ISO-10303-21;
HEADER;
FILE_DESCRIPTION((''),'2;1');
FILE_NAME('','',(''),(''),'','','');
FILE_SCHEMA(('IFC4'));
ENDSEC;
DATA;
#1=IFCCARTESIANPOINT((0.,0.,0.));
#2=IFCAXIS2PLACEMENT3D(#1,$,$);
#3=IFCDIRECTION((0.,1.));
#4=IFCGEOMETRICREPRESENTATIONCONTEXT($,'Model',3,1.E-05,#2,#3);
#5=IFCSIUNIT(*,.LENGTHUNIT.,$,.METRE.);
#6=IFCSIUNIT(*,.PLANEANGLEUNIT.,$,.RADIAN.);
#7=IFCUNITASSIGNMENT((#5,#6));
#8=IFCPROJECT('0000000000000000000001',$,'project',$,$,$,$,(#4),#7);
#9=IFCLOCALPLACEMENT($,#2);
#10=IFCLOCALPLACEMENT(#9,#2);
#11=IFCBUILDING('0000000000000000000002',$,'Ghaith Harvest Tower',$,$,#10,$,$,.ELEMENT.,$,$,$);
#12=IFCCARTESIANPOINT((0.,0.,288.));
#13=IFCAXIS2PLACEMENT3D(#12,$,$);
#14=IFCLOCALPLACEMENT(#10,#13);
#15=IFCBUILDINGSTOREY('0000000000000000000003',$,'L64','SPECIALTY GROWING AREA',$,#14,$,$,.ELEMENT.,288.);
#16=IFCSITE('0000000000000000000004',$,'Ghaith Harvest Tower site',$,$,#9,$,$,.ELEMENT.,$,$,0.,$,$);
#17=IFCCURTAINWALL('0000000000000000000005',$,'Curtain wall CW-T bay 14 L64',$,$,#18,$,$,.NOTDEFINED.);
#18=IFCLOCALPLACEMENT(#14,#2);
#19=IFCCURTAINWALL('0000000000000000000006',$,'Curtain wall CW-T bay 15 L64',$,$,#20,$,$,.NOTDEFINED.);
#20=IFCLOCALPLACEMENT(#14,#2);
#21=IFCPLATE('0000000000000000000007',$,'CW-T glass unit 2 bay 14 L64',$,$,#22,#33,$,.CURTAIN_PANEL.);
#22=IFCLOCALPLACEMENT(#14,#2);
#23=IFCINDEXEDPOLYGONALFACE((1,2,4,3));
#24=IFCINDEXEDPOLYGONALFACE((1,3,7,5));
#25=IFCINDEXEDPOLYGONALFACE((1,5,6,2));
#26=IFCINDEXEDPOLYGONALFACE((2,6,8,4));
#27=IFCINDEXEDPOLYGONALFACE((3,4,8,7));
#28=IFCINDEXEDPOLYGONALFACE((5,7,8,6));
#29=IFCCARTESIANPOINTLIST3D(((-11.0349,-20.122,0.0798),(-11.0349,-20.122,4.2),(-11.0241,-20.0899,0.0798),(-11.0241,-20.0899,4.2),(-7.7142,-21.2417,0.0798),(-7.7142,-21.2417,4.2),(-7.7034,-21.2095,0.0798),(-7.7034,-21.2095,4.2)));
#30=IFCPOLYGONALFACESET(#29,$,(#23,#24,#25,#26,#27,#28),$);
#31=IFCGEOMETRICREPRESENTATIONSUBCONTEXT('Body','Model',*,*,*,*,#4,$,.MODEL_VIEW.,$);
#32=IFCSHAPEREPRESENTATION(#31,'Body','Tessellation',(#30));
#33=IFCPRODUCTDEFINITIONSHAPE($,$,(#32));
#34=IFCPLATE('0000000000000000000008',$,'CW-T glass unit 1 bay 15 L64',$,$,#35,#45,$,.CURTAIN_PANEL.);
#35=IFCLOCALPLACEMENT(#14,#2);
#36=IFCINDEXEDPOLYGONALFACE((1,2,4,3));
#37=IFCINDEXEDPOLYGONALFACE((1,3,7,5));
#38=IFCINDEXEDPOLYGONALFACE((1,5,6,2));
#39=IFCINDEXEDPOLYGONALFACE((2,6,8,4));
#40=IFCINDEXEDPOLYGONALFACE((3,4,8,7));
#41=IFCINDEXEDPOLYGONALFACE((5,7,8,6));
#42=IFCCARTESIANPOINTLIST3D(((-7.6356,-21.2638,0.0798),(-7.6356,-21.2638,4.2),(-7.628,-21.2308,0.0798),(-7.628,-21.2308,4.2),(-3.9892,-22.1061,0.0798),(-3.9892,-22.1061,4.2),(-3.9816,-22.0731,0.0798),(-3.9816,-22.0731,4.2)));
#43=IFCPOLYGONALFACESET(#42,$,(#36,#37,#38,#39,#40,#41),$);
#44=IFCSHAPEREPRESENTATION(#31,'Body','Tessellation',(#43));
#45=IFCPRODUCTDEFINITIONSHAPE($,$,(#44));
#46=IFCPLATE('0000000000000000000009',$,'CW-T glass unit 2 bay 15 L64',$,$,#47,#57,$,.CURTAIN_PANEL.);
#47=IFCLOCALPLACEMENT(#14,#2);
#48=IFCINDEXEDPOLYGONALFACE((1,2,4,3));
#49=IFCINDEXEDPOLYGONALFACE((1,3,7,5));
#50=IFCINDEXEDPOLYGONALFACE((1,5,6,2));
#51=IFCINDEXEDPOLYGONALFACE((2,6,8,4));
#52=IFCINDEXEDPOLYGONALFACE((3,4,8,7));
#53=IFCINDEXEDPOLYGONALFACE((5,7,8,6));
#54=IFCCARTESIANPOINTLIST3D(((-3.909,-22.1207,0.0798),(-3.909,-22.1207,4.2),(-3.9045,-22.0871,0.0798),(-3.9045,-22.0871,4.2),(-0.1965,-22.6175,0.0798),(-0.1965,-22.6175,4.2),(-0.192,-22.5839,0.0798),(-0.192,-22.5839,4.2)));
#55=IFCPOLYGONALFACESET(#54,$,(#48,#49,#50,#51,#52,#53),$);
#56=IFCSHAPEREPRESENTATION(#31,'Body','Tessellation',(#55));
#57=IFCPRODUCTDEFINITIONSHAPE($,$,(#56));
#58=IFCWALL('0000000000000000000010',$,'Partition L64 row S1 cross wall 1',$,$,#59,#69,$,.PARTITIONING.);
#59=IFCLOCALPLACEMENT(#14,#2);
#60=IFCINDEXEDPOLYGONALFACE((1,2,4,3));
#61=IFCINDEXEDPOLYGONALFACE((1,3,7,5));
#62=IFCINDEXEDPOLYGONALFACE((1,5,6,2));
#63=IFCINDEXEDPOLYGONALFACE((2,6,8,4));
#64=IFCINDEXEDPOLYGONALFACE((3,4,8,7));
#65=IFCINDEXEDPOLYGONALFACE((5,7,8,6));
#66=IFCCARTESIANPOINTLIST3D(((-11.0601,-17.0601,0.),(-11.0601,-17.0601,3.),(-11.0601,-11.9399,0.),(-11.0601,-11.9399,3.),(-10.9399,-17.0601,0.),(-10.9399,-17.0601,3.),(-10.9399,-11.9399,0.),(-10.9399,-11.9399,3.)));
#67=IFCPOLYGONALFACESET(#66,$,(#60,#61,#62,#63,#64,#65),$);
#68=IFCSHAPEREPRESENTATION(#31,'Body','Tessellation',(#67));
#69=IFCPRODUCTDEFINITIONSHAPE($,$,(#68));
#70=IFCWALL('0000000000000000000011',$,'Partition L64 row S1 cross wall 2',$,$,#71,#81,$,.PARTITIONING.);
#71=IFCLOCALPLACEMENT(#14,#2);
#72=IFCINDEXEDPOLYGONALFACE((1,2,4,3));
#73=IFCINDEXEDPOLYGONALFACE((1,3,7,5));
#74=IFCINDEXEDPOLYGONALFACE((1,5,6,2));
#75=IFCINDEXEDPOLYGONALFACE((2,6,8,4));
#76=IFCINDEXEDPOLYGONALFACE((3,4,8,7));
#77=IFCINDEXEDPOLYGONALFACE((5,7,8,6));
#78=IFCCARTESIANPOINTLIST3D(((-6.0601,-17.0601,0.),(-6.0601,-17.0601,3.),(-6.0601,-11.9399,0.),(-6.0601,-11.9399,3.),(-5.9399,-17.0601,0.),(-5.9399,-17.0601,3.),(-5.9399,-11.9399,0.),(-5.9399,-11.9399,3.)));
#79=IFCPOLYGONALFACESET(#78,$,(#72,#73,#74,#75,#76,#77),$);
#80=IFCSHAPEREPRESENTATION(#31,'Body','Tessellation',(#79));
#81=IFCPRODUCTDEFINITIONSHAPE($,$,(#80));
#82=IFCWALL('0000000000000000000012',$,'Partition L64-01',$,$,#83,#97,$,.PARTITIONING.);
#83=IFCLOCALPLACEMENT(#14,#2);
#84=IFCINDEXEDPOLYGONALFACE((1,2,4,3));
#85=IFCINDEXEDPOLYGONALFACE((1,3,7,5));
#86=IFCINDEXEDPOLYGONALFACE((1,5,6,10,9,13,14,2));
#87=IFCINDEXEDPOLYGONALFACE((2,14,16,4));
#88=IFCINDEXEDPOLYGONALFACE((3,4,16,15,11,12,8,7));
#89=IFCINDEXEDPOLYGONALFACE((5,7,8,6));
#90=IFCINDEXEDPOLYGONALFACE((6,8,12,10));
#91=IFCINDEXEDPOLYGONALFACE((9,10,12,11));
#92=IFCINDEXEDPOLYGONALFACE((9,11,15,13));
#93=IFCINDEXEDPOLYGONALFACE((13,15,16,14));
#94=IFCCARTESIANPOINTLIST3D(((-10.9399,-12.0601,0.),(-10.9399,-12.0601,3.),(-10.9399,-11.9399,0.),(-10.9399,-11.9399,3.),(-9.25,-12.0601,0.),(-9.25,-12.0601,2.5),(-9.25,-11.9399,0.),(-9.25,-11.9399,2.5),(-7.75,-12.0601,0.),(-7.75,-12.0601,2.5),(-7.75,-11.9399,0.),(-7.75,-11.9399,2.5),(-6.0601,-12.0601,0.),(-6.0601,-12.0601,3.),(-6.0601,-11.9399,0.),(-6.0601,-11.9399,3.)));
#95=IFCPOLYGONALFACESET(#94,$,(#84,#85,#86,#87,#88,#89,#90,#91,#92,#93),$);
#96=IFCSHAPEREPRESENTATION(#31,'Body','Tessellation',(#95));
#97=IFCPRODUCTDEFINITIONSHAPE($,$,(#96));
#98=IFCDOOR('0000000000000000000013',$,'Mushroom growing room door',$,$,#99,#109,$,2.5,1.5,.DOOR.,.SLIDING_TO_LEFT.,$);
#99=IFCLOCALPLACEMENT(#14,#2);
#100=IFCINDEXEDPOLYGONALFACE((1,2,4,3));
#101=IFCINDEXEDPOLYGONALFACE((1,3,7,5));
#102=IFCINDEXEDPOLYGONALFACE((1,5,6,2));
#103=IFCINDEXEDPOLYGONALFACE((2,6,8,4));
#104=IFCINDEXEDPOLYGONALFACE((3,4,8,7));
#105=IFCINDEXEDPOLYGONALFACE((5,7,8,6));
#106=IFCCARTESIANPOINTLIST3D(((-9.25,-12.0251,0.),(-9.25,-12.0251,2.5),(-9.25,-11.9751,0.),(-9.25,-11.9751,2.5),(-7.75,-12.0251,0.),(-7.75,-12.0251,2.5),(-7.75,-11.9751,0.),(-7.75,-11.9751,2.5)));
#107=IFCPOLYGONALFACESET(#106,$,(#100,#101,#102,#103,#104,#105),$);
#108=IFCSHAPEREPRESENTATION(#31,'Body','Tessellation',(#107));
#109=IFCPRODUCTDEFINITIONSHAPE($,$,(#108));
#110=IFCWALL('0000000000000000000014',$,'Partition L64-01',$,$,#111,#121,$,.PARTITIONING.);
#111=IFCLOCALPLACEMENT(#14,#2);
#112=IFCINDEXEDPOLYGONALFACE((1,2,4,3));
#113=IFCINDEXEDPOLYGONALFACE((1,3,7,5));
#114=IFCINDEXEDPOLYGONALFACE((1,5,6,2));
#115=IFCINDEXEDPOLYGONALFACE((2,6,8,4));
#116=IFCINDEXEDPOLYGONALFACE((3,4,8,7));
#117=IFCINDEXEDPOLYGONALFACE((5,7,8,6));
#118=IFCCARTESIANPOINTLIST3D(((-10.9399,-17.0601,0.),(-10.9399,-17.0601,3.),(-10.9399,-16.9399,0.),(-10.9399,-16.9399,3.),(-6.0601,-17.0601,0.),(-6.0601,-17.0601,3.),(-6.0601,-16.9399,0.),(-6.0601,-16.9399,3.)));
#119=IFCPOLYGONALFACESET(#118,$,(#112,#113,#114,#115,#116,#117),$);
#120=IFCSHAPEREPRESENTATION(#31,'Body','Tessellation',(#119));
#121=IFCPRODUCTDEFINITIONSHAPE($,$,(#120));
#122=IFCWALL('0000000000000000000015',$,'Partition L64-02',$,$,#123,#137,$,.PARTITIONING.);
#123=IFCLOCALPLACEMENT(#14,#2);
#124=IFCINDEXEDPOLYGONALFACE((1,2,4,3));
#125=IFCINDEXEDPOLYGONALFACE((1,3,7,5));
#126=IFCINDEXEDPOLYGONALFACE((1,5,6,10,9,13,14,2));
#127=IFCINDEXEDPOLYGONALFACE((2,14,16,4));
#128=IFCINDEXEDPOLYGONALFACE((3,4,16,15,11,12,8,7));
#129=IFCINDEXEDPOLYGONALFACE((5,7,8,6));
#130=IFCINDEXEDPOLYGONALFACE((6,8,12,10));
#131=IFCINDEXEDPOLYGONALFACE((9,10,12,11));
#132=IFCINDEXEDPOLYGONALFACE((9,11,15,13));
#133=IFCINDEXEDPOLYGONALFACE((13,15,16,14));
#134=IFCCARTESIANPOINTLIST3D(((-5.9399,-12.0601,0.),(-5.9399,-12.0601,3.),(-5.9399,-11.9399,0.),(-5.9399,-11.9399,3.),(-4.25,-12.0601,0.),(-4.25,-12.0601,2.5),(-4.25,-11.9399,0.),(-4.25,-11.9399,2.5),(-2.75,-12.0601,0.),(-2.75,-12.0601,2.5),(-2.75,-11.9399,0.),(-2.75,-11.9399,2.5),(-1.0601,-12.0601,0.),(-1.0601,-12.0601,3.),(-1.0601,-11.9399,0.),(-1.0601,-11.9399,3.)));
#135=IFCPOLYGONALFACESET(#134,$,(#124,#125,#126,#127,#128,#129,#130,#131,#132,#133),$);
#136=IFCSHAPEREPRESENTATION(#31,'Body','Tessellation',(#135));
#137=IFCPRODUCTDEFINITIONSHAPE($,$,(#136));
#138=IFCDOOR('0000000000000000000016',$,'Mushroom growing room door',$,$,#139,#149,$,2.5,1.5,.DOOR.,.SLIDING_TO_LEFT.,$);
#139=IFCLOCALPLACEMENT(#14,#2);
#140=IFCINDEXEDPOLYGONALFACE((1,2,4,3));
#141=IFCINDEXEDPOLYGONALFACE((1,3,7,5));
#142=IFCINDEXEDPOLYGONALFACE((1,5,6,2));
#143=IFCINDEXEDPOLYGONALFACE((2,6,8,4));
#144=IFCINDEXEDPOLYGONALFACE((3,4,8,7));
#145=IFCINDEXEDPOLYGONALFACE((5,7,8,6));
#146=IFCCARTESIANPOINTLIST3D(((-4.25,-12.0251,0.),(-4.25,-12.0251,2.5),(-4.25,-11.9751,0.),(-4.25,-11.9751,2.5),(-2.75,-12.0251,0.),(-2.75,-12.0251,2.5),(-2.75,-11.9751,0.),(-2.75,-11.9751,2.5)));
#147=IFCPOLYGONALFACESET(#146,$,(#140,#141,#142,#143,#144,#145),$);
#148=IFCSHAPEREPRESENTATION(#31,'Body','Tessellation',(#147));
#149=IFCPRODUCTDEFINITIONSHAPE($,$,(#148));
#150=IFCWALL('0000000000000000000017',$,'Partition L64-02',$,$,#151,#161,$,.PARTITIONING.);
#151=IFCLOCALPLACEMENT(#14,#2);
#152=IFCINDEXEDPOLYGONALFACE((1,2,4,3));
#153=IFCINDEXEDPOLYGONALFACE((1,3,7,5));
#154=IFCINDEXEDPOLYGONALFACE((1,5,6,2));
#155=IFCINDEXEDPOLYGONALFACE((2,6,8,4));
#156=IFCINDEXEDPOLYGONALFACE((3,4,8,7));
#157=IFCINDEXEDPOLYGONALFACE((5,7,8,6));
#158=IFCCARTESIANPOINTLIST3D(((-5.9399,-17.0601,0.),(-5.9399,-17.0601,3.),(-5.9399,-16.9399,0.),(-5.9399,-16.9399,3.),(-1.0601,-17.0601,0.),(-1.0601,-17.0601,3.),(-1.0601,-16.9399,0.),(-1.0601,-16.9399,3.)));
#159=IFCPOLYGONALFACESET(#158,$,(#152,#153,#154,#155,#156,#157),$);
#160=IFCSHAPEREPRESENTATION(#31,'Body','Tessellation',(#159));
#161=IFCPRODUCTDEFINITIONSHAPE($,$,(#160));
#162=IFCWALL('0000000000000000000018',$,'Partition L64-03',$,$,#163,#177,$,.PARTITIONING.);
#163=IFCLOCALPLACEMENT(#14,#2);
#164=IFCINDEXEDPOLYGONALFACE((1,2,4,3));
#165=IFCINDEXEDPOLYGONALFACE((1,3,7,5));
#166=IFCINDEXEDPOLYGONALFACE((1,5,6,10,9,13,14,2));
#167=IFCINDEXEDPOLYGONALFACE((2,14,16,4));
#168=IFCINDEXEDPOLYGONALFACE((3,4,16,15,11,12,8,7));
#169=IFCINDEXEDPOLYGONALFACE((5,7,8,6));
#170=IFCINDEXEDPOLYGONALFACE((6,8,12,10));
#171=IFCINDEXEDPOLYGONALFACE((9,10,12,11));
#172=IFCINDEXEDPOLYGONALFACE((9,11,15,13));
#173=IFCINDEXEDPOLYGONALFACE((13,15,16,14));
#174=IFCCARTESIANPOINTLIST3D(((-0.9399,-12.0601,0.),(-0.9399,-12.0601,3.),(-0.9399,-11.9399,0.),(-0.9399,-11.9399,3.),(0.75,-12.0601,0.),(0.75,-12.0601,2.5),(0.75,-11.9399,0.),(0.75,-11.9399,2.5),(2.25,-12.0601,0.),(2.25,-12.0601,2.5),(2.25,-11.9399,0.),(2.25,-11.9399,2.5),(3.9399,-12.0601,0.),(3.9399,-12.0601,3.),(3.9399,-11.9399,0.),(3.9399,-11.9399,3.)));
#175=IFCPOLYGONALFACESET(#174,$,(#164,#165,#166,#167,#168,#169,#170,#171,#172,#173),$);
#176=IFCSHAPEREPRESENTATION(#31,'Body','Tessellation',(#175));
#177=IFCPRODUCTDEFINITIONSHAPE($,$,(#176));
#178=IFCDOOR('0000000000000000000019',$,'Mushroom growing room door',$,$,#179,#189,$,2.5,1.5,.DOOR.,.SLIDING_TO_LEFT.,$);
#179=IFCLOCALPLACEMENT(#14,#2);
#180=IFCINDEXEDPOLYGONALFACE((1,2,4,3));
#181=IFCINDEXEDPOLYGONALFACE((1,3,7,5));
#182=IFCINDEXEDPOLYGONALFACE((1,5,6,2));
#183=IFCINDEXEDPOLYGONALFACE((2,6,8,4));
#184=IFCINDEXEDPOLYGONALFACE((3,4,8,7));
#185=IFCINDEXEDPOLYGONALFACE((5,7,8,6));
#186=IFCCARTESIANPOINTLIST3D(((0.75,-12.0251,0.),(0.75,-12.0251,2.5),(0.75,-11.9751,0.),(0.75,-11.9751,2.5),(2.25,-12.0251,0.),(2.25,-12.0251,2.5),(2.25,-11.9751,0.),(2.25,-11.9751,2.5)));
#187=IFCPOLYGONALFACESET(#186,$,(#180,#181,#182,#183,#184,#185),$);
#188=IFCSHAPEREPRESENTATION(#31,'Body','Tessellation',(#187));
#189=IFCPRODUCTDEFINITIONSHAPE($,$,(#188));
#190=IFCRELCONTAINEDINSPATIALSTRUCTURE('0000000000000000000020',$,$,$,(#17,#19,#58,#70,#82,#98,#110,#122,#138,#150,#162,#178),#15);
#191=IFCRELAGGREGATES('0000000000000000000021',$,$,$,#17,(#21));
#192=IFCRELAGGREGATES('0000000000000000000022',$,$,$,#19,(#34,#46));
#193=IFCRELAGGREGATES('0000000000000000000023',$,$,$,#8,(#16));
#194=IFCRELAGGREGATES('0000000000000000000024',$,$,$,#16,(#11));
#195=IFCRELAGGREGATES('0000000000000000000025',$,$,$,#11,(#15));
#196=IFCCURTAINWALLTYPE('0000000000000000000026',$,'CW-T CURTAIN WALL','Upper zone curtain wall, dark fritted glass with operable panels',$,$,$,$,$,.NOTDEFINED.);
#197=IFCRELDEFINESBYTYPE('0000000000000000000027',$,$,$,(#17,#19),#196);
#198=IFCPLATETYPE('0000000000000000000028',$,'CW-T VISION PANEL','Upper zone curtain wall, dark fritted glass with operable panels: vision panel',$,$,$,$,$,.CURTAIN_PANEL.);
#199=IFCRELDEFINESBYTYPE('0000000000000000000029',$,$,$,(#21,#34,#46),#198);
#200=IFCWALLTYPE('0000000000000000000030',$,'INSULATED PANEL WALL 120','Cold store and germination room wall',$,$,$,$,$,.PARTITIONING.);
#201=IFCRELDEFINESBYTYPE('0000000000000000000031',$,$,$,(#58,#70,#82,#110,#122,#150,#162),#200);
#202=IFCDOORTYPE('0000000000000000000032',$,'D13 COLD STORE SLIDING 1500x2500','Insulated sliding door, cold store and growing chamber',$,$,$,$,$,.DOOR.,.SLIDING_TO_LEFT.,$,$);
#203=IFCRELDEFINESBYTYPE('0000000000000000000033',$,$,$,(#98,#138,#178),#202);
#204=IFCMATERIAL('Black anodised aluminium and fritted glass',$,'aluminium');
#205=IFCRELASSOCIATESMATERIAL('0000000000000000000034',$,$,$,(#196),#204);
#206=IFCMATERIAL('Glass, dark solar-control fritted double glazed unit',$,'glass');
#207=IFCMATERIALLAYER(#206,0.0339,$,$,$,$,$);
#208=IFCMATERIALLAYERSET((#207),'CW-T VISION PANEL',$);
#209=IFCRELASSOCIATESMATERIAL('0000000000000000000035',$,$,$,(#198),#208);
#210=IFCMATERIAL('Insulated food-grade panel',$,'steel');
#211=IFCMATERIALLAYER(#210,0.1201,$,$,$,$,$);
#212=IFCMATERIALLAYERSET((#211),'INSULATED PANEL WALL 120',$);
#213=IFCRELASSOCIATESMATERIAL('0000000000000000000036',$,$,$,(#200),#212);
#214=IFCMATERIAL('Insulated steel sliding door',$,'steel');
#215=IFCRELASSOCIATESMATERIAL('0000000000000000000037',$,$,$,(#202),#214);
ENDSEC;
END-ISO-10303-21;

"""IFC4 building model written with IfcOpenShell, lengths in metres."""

from ifc_helpers import new_model, si_unit, direction, frame, frame_2d, origin, origin_2d, place, context, subcontext, project, spatial, rectangle, extrude, material, layer, layer_set, type_object, element, fill, aggregate, save


model = new_model("IFC4")

# Units and contexts
model_context = context("Model", 3, precision=1e-05, world=origin(), true_north=direction((0.0, 1.0)))
body_context = subcontext(model_context, "Body", "Model", "MODEL_VIEW")
ifc_project = project(units=[si_unit("LENGTHUNIT", "METRE"), si_unit("PLANEANGLEUNIT", "RADIAN")], contexts=[model_context])

# Site, building, storey
site_placement = place(None, origin())
site = spatial("IfcSite", under=ifc_project, at=site_placement, Name="Ghaith Harvest Tower site", CompositionType="ELEMENT", RefElevation=0.0)
building_placement = place(site_placement, origin())
building = spatial("IfcBuilding", under=site, at=building_placement, Name="Ghaith Harvest Tower", CompositionType="ELEMENT")
storey_placement = place(building_placement, frame((0.0, 0.0, 288.0)))
storey = spatial("IfcBuildingStorey", under=building, at=storey_placement, Name="L64", Description="SPECIALTY GROWING AREA", CompositionType="ELEMENT", Elevation=288.0)

# Curtain wall
ifc_material_1 = material(Name="Black anodised aluminium and fritted glass", Category="aluminium")
curtain_wall_type = type_object("IfcCurtainWallType", Name="CW-T CURTAIN WALL", Description="Upper zone curtain wall, dark fritted glass with operable panels", PredefinedType="NOTDEFINED", material=ifc_material_1)
curtain_wall_1_placement = place(storey_placement, origin())
curtain_wall_1 = element("IfcCurtainWall", 1, at=curtain_wall_1_placement, inside=storey, type_object=curtain_wall_type, Name="Curtain wall CW-T bay 14 L64", PredefinedType="NOTDEFINED")

# Curtain wall
curtain_wall_2_placement = place(storey_placement, origin())
curtain_wall_2 = element("IfcCurtainWall", 2, at=curtain_wall_2_placement, inside=storey, type_object=curtain_wall_type, Name="Curtain wall CW-T bay 15 L64", PredefinedType="NOTDEFINED")

# Plates
ifc_material_2 = material(Name="Glass, dark solar-control fritted double glazed unit", Category="glass")
ifc_layer_1 = layer(ifc_material_2, 0.0339)
ifc_layer_set_1 = layer_set([ifc_layer_1], Name="CW-T VISION PANEL")
plate_type = type_object("IfcPlateType", Name="CW-T VISION PANEL", Description="Upper zone curtain wall, dark fritted glass with operable panels: vision panel", PredefinedType="CURTAIN_PANEL", material=ifc_layer_set_1)
plate_1_placement = place(storey_placement, frame((-9.3691, -20.6658, 0.0798), z_axis=(0.0, 0.0, 1.0), x_axis=(0.947586, -0.3195, 0.0)))
plate_1 = element("IfcPlate", 3, at=plate_1_placement, type_object=plate_type, Name="CW-T glass unit 2 bay 14 L64", PredefinedType="CURTAIN_PANEL", context=body_context, shape_type="SweptSolid", body=[
    extrude(rectangle(XDim=3.5044, YDim=0.0339, at=origin_2d()), origin(), (0.0, 0.0, 1.0), 4.1201),
])
aggregate(curtain_wall_1, [plate_1])
plate_2_placement = place(storey_placement, frame((-5.8086, -21.6685, 0.0798), z_axis=(0.0, 0.0, 1.0), x_axis=(0.974342, -0.225072, 0.0)))
plate_2 = element("IfcPlate", 4, at=plate_2_placement, type_object=plate_type, Name="CW-T glass unit 1 bay 15 L64", PredefinedType="CURTAIN_PANEL", context=body_context, shape_type="SweptSolid", body=[
    extrude(rectangle(XDim=3.7424, YDim=0.0339, at=origin_2d()), origin(), (0.0, 0.0, 1.0), 4.1201),
])
plate_3_placement = place(storey_placement, frame((-2.0505, -22.3523, 0.0798), z_axis=(0.0, 0.0, 1.0), x_axis=(0.991165, -0.132633, 0.0)))
plate_3 = element("IfcPlate", 5, at=plate_3_placement, type_object=plate_type, Name="CW-T glass unit 2 bay 15 L64", PredefinedType="CURTAIN_PANEL", context=body_context, shape_type="SweptSolid", body=[
    extrude(rectangle(XDim=3.7456, YDim=0.0339, at=origin_2d()), origin(), (0.0, 0.0, 1.0), 4.1201),
])
aggregate(curtain_wall_2, [plate_2, plate_3])

# Walls
ifc_material_3 = material(Name="Insulated food-grade panel", Category="steel")
ifc_layer_2 = layer(ifc_material_3, 0.1201)
ifc_layer_set_2 = layer_set([ifc_layer_2], Name="INSULATED PANEL WALL 120")
wall_type = type_object("IfcWallType", Name="INSULATED PANEL WALL 120", Description="Cold store and germination room wall", PredefinedType="PARTITIONING", material=ifc_layer_set_2)
for number, where, z_axis, x_axis, name in (
    (6, (-11.0, -11.9399, 0.0), (0.0, 0.0, 1.0), (0.0, -1.0, 0.0), "Partition L64 row S1 cross wall 1"),
    (7, (-6.0, -11.9399, 0.0), (0.0, 0.0, 1.0), (0.0, -1.0, 0.0), "Partition L64 row S1 cross wall 2"),
):
    element("IfcWall", number, at=place(storey_placement, frame(where, z_axis=z_axis, x_axis=x_axis)), inside=storey, type_object=wall_type, Name=name, PredefinedType="PARTITIONING", context=body_context, shape_type="SweptSolid", body=[
        extrude(rectangle(XDim=5.1201, YDim=0.1201, at=frame_2d((2.5601, 0.0))), origin(), (0.0, 0.0, 1.0), 3.0),
    ])

# Wall, opening, door
wall_1_placement = place(storey_placement, frame((-10.9399, -12.0, 0.0), z_axis=(0.0, 0.0, 1.0), x_axis=(1.0, 0.0, 0.0)))
wall_1 = element("IfcWall", 8, at=wall_1_placement, inside=storey, type_object=wall_type, Name="Partition L64-01", PredefinedType="PARTITIONING", context=body_context, shape_type="SweptSolid", body=[
    extrude(rectangle(XDim=4.8799, YDim=0.1201, at=frame_2d((2.4399, 0.0))), origin(), (0.0, 0.0, 1.0), 3.0),
])
opening_1_placement = place(wall_1_placement, frame((1.6899, 0.0, 0.0)))
opening_1 = element("IfcOpeningElement", 9, at=opening_1_placement, cuts=wall_1, PredefinedType="OPENING", context=body_context, shape_type="SweptSolid", body=[
    extrude(rectangle(XDim=1.5, YDim=2.5, at=frame_2d((0.75, 1.25))), frame((0.0, 0.0701, 0.0), z_axis=(0.0, -1.0, 0.0), x_axis=(1.0, 0.0, 0.0)), (0.0, 0.0, 1.0), 0.1401),
])
ifc_material_4 = material(Name="Insulated steel sliding door", Category="steel")
door_type = type_object("IfcDoorType", Name="D13 COLD STORE SLIDING 1500x2500", Description="Insulated sliding door, cold store and growing chamber", OperationType="SLIDING_TO_LEFT", PredefinedType="DOOR", material=ifc_material_4)
door_1_placement = place(opening_1_placement, origin())
door_1 = element("IfcDoor", 10, at=door_1_placement, inside=storey, type_object=door_type, Name="Mushroom growing room door", OperationType="SLIDING_TO_LEFT", OverallHeight=2.5, OverallWidth=1.5, PredefinedType="DOOR", context=body_context, shape_type="SweptSolid", body=[
    extrude(rectangle(XDim=1.5, YDim=2.5, at=frame_2d((0.75, 1.25))), frame((0.0, 0.0249, 0.0), z_axis=(0.0, -1.0, 0.0), x_axis=(1.0, 0.0, 0.0)), (0.0, 0.0, 1.0), 0.05),
])
fill(opening_1, door_1)

# Wall
wall_2_placement = place(storey_placement, frame((-10.9399, -17.0, 0.0), z_axis=(0.0, 0.0, 1.0), x_axis=(1.0, 0.0, 0.0)))
element("IfcWall", 11, at=wall_2_placement, inside=storey, type_object=wall_type, Name="Partition L64-01", PredefinedType="PARTITIONING", context=body_context, shape_type="SweptSolid", body=[
    extrude(rectangle(XDim=4.8799, YDim=0.1201, at=frame_2d((2.4399, 0.0))), origin(), (0.0, 0.0, 1.0), 3.0),
])

# Wall, opening, door
wall_3_placement = place(storey_placement, frame((-5.9399, -12.0, 0.0), z_axis=(0.0, 0.0, 1.0), x_axis=(1.0, 0.0, 0.0)))
wall_3 = element("IfcWall", 12, at=wall_3_placement, inside=storey, type_object=wall_type, Name="Partition L64-02", PredefinedType="PARTITIONING", context=body_context, shape_type="SweptSolid", body=[
    extrude(rectangle(XDim=4.8799, YDim=0.1201, at=frame_2d((2.4399, 0.0))), origin(), (0.0, 0.0, 1.0), 3.0),
])
opening_2_placement = place(wall_3_placement, frame((1.6899, 0.0, 0.0)))
opening_2 = element("IfcOpeningElement", 13, at=opening_2_placement, cuts=wall_3, PredefinedType="OPENING", context=body_context, shape_type="SweptSolid", body=[
    extrude(rectangle(XDim=1.5, YDim=2.5, at=frame_2d((0.75, 1.25))), frame((0.0, 0.0701, 0.0), z_axis=(0.0, -1.0, 0.0), x_axis=(1.0, 0.0, 0.0)), (0.0, 0.0, 1.0), 0.1401),
])
door_2_placement = place(opening_2_placement, origin())
door_2 = element("IfcDoor", 14, at=door_2_placement, inside=storey, type_object=door_type, Name="Mushroom growing room door", OperationType="SLIDING_TO_LEFT", OverallHeight=2.5, OverallWidth=1.5, PredefinedType="DOOR", context=body_context, shape_type="SweptSolid", body=[
    extrude(rectangle(XDim=1.5, YDim=2.5, at=frame_2d((0.75, 1.25))), frame((0.0, 0.0249, 0.0), z_axis=(0.0, -1.0, 0.0), x_axis=(1.0, 0.0, 0.0)), (0.0, 0.0, 1.0), 0.05),
])
fill(opening_2, door_2)

# Wall
wall_4_placement = place(storey_placement, frame((-5.9399, -17.0, 0.0), z_axis=(0.0, 0.0, 1.0), x_axis=(1.0, 0.0, 0.0)))
element("IfcWall", 15, at=wall_4_placement, inside=storey, type_object=wall_type, Name="Partition L64-02", PredefinedType="PARTITIONING", context=body_context, shape_type="SweptSolid", body=[
    extrude(rectangle(XDim=4.8799, YDim=0.1201, at=frame_2d((2.4399, 0.0))), origin(), (0.0, 0.0, 1.0), 3.0),
])

# Wall, opening, door
wall_5_placement = place(storey_placement, frame((-0.9399, -12.0, 0.0), z_axis=(0.0, 0.0, 1.0), x_axis=(1.0, 0.0, 0.0)))
wall_5 = element("IfcWall", 16, at=wall_5_placement, inside=storey, type_object=wall_type, Name="Partition L64-03", PredefinedType="PARTITIONING", context=body_context, shape_type="SweptSolid", body=[
    extrude(rectangle(XDim=4.8799, YDim=0.1201, at=frame_2d((2.4399, 0.0))), origin(), (0.0, 0.0, 1.0), 3.0),
])
opening_3_placement = place(wall_5_placement, frame((1.6899, 0.0, 0.0)))
opening_3 = element("IfcOpeningElement", 17, at=opening_3_placement, cuts=wall_5, PredefinedType="OPENING", context=body_context, shape_type="SweptSolid", body=[
    extrude(rectangle(XDim=1.5, YDim=2.5, at=frame_2d((0.75, 1.25))), frame((0.0, 0.0701, 0.0), z_axis=(0.0, -1.0, 0.0), x_axis=(1.0, 0.0, 0.0)), (0.0, 0.0, 1.0), 0.1401),
])
door_3_placement = place(opening_3_placement, origin())
door_3 = element("IfcDoor", 18, at=door_3_placement, inside=storey, type_object=door_type, Name="Mushroom growing room door", OperationType="SLIDING_TO_LEFT", OverallHeight=2.5, OverallWidth=1.5, PredefinedType="DOOR", context=body_context, shape_type="SweptSolid", body=[
    extrude(rectangle(XDim=1.5, YDim=2.5, at=frame_2d((0.75, 1.25))), frame((0.0, 0.0249, 0.0), z_axis=(0.0, -1.0, 0.0), x_axis=(1.0, 0.0, 0.0)), (0.0, 0.0, 1.0), 0.05),
])
fill(opening_3, door_3)

save(model, "model.ifc")
